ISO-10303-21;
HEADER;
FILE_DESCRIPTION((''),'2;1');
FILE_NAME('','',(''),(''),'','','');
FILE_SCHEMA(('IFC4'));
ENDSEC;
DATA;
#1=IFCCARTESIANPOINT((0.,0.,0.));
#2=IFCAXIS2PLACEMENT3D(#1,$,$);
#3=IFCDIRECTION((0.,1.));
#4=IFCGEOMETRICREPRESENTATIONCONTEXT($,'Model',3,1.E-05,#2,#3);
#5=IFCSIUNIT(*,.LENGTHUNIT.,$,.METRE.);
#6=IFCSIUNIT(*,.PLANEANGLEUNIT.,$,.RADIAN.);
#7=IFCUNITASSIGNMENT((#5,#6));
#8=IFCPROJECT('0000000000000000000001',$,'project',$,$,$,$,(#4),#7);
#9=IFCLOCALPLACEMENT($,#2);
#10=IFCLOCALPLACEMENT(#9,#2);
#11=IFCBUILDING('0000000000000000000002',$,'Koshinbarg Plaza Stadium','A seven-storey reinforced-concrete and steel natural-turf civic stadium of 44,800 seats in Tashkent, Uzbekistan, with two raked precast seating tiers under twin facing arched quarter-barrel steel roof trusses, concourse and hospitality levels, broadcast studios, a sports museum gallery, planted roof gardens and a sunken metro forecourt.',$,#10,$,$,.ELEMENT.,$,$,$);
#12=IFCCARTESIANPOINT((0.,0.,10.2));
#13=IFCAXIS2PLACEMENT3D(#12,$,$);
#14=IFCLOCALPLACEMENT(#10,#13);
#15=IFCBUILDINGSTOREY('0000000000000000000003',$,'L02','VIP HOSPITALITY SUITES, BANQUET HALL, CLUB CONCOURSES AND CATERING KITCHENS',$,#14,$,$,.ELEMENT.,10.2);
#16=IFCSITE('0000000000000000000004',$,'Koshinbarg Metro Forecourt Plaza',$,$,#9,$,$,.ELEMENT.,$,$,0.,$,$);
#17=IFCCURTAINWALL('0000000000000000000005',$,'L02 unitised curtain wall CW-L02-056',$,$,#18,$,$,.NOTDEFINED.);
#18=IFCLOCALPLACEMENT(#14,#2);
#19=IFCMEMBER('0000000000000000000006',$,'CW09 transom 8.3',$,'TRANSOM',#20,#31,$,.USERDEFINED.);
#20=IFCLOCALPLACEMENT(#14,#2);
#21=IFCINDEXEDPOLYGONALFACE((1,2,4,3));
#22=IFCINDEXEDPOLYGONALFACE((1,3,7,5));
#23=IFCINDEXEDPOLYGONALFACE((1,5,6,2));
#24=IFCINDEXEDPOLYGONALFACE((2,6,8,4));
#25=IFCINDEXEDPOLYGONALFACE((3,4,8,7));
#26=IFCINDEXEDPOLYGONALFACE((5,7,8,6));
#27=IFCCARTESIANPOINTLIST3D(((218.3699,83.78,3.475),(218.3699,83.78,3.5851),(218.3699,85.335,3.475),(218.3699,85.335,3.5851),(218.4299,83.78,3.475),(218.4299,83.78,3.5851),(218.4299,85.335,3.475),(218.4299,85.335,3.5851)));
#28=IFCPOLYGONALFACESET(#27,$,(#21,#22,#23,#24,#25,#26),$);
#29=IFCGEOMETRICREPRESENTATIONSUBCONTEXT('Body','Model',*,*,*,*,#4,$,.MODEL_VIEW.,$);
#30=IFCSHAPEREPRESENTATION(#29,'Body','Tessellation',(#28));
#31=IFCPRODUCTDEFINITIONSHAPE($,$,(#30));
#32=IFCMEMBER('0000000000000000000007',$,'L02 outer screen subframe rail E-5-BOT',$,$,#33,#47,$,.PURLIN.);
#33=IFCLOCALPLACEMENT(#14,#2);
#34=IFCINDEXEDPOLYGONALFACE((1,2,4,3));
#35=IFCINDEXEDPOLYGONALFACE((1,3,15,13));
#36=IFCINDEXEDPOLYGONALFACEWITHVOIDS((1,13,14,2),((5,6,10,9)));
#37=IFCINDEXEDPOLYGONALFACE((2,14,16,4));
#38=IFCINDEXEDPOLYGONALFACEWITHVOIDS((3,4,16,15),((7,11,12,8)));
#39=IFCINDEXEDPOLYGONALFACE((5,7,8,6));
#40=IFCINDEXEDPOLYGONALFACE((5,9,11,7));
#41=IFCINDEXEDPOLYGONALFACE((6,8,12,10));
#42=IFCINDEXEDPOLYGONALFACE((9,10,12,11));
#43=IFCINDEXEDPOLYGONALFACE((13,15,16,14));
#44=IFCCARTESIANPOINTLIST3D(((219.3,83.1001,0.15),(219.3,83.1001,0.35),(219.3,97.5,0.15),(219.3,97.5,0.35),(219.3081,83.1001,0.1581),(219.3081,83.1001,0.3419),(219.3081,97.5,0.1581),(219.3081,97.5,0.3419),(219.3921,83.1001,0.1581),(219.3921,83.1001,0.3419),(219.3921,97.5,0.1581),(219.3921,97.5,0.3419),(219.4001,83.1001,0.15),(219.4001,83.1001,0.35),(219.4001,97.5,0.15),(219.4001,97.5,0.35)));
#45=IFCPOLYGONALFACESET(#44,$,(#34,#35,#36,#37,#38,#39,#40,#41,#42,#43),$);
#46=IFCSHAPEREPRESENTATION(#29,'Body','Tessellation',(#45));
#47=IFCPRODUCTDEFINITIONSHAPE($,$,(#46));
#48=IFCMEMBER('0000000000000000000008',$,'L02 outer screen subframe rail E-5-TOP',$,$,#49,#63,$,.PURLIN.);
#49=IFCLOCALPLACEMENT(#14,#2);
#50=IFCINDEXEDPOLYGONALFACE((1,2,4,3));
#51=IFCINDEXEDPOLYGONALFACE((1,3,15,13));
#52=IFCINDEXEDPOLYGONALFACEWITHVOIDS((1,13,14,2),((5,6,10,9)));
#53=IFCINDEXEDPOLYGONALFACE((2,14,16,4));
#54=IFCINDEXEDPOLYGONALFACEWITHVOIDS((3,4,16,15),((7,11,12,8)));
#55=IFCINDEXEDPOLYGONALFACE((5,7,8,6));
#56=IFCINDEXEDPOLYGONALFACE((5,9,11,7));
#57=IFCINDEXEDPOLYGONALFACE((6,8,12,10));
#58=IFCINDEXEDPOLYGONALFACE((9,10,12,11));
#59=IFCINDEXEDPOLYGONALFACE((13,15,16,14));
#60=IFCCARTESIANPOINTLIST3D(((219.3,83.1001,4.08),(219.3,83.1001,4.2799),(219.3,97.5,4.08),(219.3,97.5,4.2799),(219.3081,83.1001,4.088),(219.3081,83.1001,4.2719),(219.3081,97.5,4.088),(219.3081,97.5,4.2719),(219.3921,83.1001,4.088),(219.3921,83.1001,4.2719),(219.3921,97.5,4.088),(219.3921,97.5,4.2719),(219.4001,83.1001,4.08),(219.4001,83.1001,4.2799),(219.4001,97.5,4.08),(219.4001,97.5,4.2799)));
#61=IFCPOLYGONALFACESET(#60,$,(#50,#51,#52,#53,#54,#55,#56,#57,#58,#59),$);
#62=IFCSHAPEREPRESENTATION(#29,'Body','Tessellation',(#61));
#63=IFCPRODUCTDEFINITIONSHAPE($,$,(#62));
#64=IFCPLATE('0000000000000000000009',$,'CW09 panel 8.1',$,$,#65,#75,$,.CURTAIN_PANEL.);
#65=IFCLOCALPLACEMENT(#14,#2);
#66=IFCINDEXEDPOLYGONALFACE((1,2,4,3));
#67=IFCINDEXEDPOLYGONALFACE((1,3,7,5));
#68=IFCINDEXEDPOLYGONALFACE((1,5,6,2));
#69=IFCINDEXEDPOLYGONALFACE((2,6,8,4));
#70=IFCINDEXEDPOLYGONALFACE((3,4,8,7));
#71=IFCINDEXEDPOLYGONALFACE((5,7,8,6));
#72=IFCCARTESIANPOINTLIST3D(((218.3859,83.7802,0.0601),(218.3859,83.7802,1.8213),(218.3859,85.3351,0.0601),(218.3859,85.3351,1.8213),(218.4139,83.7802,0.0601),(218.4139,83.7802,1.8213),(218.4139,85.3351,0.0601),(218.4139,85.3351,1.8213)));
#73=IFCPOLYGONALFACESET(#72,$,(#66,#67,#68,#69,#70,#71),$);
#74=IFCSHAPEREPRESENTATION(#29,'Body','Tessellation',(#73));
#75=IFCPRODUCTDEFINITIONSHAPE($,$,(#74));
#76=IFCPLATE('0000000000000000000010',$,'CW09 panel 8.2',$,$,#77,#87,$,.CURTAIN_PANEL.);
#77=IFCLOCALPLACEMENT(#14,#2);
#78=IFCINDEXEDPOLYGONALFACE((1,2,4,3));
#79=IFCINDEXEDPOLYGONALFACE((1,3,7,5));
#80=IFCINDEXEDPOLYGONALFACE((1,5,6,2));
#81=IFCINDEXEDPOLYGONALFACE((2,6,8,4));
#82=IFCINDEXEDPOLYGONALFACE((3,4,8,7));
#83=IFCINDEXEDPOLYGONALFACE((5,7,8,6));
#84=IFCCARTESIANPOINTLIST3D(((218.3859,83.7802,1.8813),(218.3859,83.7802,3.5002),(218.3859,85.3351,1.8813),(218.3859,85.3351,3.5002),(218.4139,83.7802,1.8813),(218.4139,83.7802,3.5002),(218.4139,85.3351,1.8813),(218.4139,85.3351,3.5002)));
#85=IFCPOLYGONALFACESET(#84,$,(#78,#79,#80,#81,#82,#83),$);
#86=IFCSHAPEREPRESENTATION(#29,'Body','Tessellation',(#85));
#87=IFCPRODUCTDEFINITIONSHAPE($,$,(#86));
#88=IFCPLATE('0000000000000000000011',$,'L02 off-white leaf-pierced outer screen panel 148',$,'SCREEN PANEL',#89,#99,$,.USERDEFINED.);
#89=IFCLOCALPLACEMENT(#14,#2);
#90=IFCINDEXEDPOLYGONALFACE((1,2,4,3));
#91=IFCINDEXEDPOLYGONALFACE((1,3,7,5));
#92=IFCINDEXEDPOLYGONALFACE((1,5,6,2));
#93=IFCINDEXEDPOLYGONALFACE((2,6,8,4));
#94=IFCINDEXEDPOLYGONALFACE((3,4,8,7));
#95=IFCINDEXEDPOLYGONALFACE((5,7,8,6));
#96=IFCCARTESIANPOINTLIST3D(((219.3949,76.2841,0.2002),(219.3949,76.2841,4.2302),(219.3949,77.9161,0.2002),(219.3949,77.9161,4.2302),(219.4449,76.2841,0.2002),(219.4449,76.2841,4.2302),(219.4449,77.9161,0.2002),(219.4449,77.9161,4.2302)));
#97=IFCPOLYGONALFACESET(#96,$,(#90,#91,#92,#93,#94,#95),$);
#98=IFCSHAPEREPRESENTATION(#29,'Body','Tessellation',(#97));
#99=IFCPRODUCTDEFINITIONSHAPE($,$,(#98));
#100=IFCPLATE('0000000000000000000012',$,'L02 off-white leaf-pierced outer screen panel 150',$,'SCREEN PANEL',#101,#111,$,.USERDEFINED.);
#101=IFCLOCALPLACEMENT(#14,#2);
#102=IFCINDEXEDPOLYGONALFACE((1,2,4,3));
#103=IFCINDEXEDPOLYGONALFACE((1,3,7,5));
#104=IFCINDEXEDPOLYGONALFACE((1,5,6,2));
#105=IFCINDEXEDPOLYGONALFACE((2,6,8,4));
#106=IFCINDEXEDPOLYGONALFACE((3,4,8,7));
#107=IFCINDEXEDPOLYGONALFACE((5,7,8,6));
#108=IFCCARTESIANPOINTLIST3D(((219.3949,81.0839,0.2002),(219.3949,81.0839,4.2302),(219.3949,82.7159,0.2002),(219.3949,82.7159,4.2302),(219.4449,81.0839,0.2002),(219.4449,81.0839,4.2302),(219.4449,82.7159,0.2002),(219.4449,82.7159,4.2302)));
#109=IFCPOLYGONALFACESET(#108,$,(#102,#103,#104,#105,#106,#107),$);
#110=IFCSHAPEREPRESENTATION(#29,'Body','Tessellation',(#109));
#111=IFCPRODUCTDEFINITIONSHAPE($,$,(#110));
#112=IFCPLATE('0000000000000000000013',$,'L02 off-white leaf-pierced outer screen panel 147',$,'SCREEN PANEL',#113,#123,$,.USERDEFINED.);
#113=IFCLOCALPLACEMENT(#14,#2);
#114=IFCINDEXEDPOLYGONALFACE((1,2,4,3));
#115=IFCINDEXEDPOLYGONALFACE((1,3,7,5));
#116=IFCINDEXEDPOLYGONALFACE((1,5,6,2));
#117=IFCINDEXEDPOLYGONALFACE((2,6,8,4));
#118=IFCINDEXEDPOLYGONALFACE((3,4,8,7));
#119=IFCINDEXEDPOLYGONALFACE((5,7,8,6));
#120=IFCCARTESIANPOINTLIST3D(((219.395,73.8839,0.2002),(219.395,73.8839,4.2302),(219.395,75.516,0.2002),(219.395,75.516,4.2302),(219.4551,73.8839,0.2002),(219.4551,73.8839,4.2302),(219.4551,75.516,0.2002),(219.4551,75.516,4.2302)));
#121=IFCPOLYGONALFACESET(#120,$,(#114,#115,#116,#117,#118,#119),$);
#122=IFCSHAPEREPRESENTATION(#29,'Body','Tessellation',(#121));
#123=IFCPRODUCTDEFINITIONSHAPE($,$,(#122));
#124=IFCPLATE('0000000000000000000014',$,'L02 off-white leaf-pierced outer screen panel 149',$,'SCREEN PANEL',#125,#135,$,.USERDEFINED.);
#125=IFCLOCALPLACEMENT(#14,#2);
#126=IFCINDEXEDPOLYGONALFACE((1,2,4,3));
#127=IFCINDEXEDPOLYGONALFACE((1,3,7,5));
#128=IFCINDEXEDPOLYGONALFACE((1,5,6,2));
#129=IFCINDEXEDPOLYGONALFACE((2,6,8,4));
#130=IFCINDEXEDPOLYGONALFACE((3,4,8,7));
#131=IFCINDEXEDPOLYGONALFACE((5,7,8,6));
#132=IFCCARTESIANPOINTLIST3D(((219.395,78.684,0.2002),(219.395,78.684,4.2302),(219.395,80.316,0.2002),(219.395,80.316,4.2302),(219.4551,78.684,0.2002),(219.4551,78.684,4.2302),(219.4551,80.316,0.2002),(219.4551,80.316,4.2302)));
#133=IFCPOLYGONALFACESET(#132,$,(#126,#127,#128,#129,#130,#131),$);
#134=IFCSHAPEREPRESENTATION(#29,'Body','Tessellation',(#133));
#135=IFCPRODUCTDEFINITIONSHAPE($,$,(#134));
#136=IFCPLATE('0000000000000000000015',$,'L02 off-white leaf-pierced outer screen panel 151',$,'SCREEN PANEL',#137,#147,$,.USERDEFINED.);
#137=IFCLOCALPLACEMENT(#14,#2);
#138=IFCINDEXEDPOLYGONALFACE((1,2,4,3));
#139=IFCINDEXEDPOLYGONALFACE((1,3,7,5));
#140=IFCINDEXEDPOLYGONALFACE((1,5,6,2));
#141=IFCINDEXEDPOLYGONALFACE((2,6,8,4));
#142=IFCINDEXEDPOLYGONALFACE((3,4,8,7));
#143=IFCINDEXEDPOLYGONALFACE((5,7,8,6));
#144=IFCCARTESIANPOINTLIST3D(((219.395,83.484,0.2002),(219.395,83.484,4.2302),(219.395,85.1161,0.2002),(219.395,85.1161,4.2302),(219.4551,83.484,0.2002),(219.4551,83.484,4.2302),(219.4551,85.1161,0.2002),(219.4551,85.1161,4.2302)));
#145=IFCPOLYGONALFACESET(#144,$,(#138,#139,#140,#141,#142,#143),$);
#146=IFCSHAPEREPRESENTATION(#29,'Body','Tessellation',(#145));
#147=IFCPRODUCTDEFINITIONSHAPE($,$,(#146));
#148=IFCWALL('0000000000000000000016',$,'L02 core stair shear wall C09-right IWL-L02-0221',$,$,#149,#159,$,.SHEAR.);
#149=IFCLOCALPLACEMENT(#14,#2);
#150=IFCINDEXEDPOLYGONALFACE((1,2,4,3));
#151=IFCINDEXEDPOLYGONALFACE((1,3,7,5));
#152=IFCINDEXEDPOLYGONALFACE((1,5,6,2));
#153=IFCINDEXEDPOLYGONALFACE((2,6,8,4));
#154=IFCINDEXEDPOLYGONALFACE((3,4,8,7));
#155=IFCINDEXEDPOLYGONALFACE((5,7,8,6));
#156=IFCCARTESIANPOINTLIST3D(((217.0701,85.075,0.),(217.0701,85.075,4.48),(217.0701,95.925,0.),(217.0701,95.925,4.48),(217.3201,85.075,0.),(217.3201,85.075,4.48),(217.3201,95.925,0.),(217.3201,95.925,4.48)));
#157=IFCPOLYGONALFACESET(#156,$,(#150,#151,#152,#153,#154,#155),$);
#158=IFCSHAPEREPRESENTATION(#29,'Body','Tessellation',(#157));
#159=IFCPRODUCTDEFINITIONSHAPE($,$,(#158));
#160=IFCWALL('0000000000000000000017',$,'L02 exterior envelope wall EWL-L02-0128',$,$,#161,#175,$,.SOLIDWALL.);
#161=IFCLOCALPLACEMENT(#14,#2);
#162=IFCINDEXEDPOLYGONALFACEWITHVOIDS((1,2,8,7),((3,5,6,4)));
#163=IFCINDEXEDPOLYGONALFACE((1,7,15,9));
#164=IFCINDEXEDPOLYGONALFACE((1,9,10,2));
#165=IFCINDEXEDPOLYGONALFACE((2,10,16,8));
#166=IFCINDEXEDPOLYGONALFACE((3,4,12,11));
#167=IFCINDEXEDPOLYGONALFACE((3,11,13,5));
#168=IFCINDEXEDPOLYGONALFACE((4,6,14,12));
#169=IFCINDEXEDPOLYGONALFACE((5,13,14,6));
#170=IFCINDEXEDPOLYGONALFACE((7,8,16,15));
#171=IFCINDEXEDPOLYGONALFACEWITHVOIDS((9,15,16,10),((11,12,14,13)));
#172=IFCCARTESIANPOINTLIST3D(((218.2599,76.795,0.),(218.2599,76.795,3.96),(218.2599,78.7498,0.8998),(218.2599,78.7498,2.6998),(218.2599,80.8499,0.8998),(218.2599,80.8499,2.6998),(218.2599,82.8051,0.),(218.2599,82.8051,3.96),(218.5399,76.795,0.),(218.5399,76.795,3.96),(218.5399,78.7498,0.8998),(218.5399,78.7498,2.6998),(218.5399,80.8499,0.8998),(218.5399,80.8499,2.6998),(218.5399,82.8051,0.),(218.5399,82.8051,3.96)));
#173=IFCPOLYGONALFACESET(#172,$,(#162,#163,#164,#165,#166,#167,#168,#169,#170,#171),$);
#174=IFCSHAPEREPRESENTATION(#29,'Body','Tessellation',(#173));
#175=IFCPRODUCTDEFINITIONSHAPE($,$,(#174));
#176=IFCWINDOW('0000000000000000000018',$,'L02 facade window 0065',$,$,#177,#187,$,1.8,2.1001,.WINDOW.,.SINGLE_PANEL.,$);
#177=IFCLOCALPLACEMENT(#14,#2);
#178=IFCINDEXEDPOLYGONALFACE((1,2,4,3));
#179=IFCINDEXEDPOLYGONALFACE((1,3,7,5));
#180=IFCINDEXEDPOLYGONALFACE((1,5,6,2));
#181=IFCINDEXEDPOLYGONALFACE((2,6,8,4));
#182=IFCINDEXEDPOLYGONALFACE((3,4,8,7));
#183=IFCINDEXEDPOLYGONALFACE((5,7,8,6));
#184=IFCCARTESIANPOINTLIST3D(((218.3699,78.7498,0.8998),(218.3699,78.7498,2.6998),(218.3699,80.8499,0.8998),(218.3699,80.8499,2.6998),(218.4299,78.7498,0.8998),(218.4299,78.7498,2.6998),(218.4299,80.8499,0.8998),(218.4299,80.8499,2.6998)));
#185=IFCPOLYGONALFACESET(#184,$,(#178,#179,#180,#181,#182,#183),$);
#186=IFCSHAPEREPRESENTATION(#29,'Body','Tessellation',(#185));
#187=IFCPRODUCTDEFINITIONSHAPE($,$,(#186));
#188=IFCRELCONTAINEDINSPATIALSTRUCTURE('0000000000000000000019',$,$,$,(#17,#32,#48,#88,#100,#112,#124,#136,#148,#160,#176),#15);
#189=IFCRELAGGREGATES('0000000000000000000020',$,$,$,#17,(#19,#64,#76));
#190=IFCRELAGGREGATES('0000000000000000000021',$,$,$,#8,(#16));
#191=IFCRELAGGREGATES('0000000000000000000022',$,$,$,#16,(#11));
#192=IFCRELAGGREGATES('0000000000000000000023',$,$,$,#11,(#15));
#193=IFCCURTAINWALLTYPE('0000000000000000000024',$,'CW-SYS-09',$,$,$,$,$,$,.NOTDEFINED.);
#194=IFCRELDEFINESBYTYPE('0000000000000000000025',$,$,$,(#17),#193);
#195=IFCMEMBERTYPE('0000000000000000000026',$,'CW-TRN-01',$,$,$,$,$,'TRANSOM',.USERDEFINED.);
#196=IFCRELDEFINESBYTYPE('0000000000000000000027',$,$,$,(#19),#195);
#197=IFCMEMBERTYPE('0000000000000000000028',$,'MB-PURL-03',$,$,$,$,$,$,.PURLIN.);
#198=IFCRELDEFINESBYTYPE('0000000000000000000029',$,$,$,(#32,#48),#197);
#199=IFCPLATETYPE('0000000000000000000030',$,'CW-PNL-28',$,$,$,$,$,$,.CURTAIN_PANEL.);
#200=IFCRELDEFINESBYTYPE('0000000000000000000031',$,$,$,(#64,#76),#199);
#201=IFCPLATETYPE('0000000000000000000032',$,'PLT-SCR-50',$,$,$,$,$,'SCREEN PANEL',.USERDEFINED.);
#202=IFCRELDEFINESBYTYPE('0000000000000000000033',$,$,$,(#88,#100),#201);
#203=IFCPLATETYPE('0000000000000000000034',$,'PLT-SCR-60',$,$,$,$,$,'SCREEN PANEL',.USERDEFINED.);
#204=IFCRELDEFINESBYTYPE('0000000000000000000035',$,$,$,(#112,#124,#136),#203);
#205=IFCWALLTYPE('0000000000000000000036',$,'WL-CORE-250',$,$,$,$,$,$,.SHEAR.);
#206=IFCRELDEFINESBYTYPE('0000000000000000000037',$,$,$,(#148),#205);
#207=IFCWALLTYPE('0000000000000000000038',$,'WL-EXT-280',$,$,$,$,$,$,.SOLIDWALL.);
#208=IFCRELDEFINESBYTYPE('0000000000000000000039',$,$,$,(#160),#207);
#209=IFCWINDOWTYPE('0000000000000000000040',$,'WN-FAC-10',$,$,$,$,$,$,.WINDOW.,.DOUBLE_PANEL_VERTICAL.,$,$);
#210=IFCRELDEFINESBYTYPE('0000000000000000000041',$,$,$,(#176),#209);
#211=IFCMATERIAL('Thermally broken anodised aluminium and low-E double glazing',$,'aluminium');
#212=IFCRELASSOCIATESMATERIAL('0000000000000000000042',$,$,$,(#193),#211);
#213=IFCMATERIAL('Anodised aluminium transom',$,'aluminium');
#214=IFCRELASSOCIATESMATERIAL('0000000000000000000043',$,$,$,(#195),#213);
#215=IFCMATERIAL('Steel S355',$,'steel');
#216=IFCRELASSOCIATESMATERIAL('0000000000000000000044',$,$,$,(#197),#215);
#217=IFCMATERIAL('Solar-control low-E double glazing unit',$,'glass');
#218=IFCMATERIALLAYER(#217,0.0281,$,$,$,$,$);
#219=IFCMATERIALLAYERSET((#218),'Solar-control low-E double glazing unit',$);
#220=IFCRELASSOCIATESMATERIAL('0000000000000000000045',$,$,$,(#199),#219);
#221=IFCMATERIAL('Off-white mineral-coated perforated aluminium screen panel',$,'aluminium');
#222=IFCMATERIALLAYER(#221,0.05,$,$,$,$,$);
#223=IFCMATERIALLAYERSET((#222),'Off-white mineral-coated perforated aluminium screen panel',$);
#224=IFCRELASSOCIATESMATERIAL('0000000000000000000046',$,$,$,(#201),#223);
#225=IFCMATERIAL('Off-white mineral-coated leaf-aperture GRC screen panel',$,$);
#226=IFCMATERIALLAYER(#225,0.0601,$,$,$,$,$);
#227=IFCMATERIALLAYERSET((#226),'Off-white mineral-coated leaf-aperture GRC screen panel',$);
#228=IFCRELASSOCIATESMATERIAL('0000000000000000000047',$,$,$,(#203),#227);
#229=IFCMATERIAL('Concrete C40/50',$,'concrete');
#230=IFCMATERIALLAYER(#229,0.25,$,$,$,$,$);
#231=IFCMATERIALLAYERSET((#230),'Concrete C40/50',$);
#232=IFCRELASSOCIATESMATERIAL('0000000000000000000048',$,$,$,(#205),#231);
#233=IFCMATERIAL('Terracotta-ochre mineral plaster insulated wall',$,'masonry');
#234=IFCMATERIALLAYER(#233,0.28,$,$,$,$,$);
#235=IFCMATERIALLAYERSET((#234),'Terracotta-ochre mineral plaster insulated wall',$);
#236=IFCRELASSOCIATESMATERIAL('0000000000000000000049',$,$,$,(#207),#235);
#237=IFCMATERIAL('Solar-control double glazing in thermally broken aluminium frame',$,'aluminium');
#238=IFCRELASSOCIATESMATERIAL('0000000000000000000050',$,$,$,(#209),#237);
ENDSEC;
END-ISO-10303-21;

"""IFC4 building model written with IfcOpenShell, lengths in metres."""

from ifc_helpers import new_model, si_unit, direction, frame, frame_2d, origin, origin_2d, place, context, subcontext, project, spatial, rectangle, hollow_rectangle, extrude, material, layer, layer_set, material_profile, profile_set, type_object, element, fill, aggregate, save


model = new_model("IFC4")

# Units and contexts
model_context = context("Model", 3, precision=1e-05, world=origin(), true_north=direction((0.0, 1.0)))
body_context = subcontext(model_context, "Body", "Model", "MODEL_VIEW")
ifc_project = project(units=[si_unit("LENGTHUNIT", "METRE"), si_unit("PLANEANGLEUNIT", "RADIAN")], contexts=[model_context])

# Site, building, storey
site_placement = place(None, origin())
site = spatial("IfcSite", under=ifc_project, at=site_placement, Name="Koshinbarg Metro Forecourt Plaza", CompositionType="ELEMENT", RefElevation=0.0)
building_placement = place(site_placement, origin())
building = spatial("IfcBuilding", under=site, at=building_placement, Name="Koshinbarg Plaza Stadium", Description="A seven-storey reinforced-concrete and steel natural-turf civic stadium of 44,800 seats in Tashkent, Uzbekistan, with two raked precast seating tiers under twin facing arched quarter-barrel steel roof trusses, concourse and hospitality levels, broadcast studios, a sports museum gallery, planted roof gardens and a sunken metro forecourt.", CompositionType="ELEMENT")
storey_placement = place(building_placement, frame((0.0, 0.0, 10.2)))
storey = spatial("IfcBuildingStorey", under=building, at=storey_placement, Name="L02", Description="VIP HOSPITALITY SUITES, BANQUET HALL, CLUB CONCOURSES AND CATERING KITCHENS", CompositionType="ELEMENT", Elevation=10.2)

# Shared definitions
ifc_material_1 = material(Name="Concrete C40/50", Category="concrete")

# Shared definitions
ifc_material_2 = material(Name="Steel S355", Category="steel")

# Curtain wall, member
ifc_material_3 = material(Name="Thermally broken anodised aluminium and low-E double glazing", Category="aluminium")
curtain_wall_type = type_object("IfcCurtainWallType", Name="CW-SYS-09", PredefinedType="NOTDEFINED", material=ifc_material_3)
curtain_wall_placement = place(storey_placement, origin())
curtain_wall = element("IfcCurtainWall", 1, at=curtain_wall_placement, inside=storey, type_object=curtain_wall_type, Name="L02 unitised curtain wall CW-L02-056", PredefinedType="NOTDEFINED")
ifc_material_4 = material(Name="Anodised aluminium transom", Category="aluminium")
ifc_material_profile_1 = material_profile(ifc_material_4, rectangle(XDim=0.0601, YDim=0.1101, at=origin_2d()), Name="ALU 60x110")
ifc_profile_set_1 = profile_set([ifc_material_profile_1], Name="Anodised aluminium transom")
member_type_1 = type_object("IfcMemberType", Name="CW-TRN-01", ElementType="TRANSOM", PredefinedType="USERDEFINED", material=ifc_profile_set_1)
member_1_placement = place(storey_placement, frame((218.3999, 85.335, 3.53), z_axis=(0.0, -1.0, 0.0), x_axis=(1.0, 0.0, 0.0)))
member_1 = element("IfcMember", 2, at=member_1_placement, type_object=member_type_1, Name="CW09 transom 8.3", ObjectType="TRANSOM", PredefinedType="USERDEFINED", context=body_context, shape_type="SweptSolid", body=[
    extrude(rectangle(XDim=0.0601, YDim=0.1101, at=origin_2d()), origin(), (0.0, 0.0, 1.0), 1.5549),
])

# Members
ifc_material_profile_2 = material_profile(ifc_material_2, hollow_rectangle(XDim=0.1001, YDim=0.2, WallThickness=0.0081, at=origin_2d()), Name="RHS 200x100x8")
ifc_profile_set_2 = profile_set([ifc_material_profile_2], Name="Steel S355")
member_type_2 = type_object("IfcMemberType", Name="MB-PURL-03", PredefinedType="PURLIN", material=ifc_profile_set_2)
for number, where, z_axis, x_axis, name in (
    (3, (219.3501, 83.1001, 0.25), (0.0, 1.0, 0.0), (-1.0, 0.0, 0.0), "L02 outer screen subframe rail E-5-BOT"),
    (4, (219.3501, 83.1001, 4.1799), (0.0, 1.0, 0.0), (-1.0, 0.0, 0.0), "L02 outer screen subframe rail E-5-TOP"),
):
    element("IfcMember", number, at=place(storey_placement, frame(where, z_axis=z_axis, x_axis=x_axis)), inside=storey, type_object=member_type_2, Name=name, PredefinedType="PURLIN", context=body_context, shape_type="SweptSolid", body=[
        extrude(hollow_rectangle(XDim=0.1001, YDim=0.2, WallThickness=0.0081, at=origin_2d()), origin(), (0.0, 0.0, 1.0), 14.3999),
    ])

# Plates
ifc_material_5 = material(Name="Solar-control low-E double glazing unit", Category="glass")
ifc_layer_1 = layer(ifc_material_5, 0.0281)
ifc_layer_set_1 = layer_set([ifc_layer_1], Name="Solar-control low-E double glazing unit")
plate_type_1 = type_object("IfcPlateType", Name="CW-PNL-28", PredefinedType="CURTAIN_PANEL", material=ifc_layer_set_1)
plate_1_placement = place(storey_placement, frame((218.3999, 84.5576, 0.0601), z_axis=(0.0, 0.0, 1.0), x_axis=(0.0, -1.0, 0.0)))
plate_1 = element("IfcPlate", 5, at=plate_1_placement, type_object=plate_type_1, Name="CW09 panel 8.1", PredefinedType="CURTAIN_PANEL", context=body_context, shape_type="SweptSolid", body=[
    extrude(rectangle(XDim=1.5549, YDim=0.0281, at=origin_2d()), origin(), (0.0, 0.0, 1.0), 1.7612),
])
plate_2_placement = place(storey_placement, frame((218.3999, 84.5576, 1.8813), z_axis=(0.0, 0.0, 1.0), x_axis=(0.0, -1.0, 0.0)))
plate_2 = element("IfcPlate", 6, at=plate_2_placement, type_object=plate_type_1, Name="CW09 panel 8.2", PredefinedType="CURTAIN_PANEL", context=body_context, shape_type="SweptSolid", body=[
    extrude(rectangle(XDim=1.5549, YDim=0.0281, at=origin_2d()), origin(), (0.0, 0.0, 1.0), 1.6189),
])
aggregate(curtain_wall, [member_1, plate_1, plate_2])

# Plates
ifc_material_6 = material(Name="Off-white mineral-coated perforated aluminium screen panel", Category="aluminium")
ifc_layer_2 = layer(ifc_material_6, 0.05)
ifc_layer_set_2 = layer_set([ifc_layer_2], Name="Off-white mineral-coated perforated aluminium screen panel")
plate_type_2 = type_object("IfcPlateType", Name="PLT-SCR-50", ElementType="SCREEN PANEL", PredefinedType="USERDEFINED", material=ifc_layer_set_2)
for number, where, z_axis, x_axis, name in (
    (7, (219.4199, 77.1001, 0.2002), (0.0, 0.0, 1.0), (1.0, 0.0, 0.0), "L02 off-white leaf-pierced outer screen panel 148"),
    (8, (219.4199, 81.8999, 0.2002), (0.0, 0.0, 1.0), (1.0, 0.0, 0.0), "L02 off-white leaf-pierced outer screen panel 150"),
):
    element("IfcPlate", number, at=place(storey_placement, frame(where, z_axis=z_axis, x_axis=x_axis)), inside=storey, type_object=plate_type_2, Name=name, ObjectType="SCREEN PANEL", PredefinedType="USERDEFINED", context=body_context, shape_type="SweptSolid", body=[
        extrude(rectangle(XDim=0.05, YDim=1.6321, at=origin_2d()), origin(), (0.0, 0.0, 1.0), 4.03),
    ])
ifc_material_7 = material(Name="Off-white mineral-coated leaf-aperture GRC screen panel")
ifc_layer_3 = layer(ifc_material_7, 0.0601)
ifc_layer_set_3 = layer_set([ifc_layer_3], Name="Off-white mineral-coated leaf-aperture GRC screen panel")
plate_type_3 = type_object("IfcPlateType", Name="PLT-SCR-60", ElementType="SCREEN PANEL", PredefinedType="USERDEFINED", material=ifc_layer_set_3)
for number, where, z_axis, x_axis, name in (
    (9, (219.425, 74.7, 0.2002), (0.0, 0.0, 1.0), (1.0, 0.0, 0.0), "L02 off-white leaf-pierced outer screen panel 147"),
    (10, (219.425, 79.5, 0.2002), (0.0, 0.0, 1.0), (1.0, 0.0, 0.0), "L02 off-white leaf-pierced outer screen panel 149"),
    (11, (219.425, 84.3, 0.2002), (0.0, 0.0, 1.0), (1.0, 0.0, 0.0), "L02 off-white leaf-pierced outer screen panel 151"),
):
    element("IfcPlate", number, at=place(storey_placement, frame(where, z_axis=z_axis, x_axis=x_axis)), inside=storey, type_object=plate_type_3, Name=name, ObjectType="SCREEN PANEL", PredefinedType="USERDEFINED", context=body_context, shape_type="SweptSolid", body=[
        extrude(rectangle(XDim=0.0601, YDim=1.6321, at=origin_2d()), origin(), (0.0, 0.0, 1.0), 4.03),
    ])

# Wall
ifc_layer_4 = layer(ifc_material_1, 0.25)
ifc_layer_set_4 = layer_set([ifc_layer_4], Name="Concrete C40/50")
wall_type_1 = type_object("IfcWallType", Name="WL-CORE-250", PredefinedType="SHEAR", material=ifc_layer_set_4)
wall_1_placement = place(storey_placement, frame((217.1951, 85.075, 0.0), z_axis=(0.0, 0.0, 1.0), x_axis=(0.0, 1.0, 0.0)))
element("IfcWall", 12, at=wall_1_placement, inside=storey, type_object=wall_type_1, Name="L02 core stair shear wall C09-right IWL-L02-0221", PredefinedType="SHEAR", context=body_context, shape_type="SweptSolid", body=[
    extrude(rectangle(XDim=10.8501, YDim=0.25, at=frame_2d((5.425, 0.0))), origin(), (0.0, 0.0, 1.0), 4.48),
])

# Wall, opening, window
ifc_material_8 = material(Name="Terracotta-ochre mineral plaster insulated wall", Category="masonry")
ifc_layer_5 = layer(ifc_material_8, 0.28)
ifc_layer_set_5 = layer_set([ifc_layer_5], Name="Terracotta-ochre mineral plaster insulated wall")
wall_type_2 = type_object("IfcWallType", Name="WL-EXT-280", PredefinedType="SOLIDWALL", material=ifc_layer_set_5)
wall_2_placement = place(storey_placement, frame((218.3999, 82.8049, 0.0), z_axis=(0.0, 0.0, 1.0), x_axis=(0.0, -1.0, 0.0)))
wall_2 = element("IfcWall", 13, at=wall_2_placement, inside=storey, type_object=wall_type_2, Name="L02 exterior envelope wall EWL-L02-0128", PredefinedType="SOLIDWALL", context=body_context, shape_type="SweptSolid", body=[
    extrude(rectangle(XDim=6.01, YDim=0.28, at=frame_2d((3.0049, 0.0))), origin(), (0.0, 0.0, 1.0), 3.96),
])
opening_1_placement = place(wall_2_placement, frame((1.9551, 0.0, 0.8999)))
opening_1 = element("IfcOpeningElement", 14, at=opening_1_placement, cuts=wall_2, PredefinedType="OPENING", context=body_context, shape_type="SweptSolid", body=[
    extrude(rectangle(XDim=2.1001, YDim=1.8, at=frame_2d((1.05, 0.8999))), frame((0.0, 0.1499, 0.0), z_axis=(0.0, -1.0, 0.0), x_axis=(1.0, 0.0, 0.0)), (0.0, 0.0, 1.0), 0.3),
])
ifc_material_9 = material(Name="Solar-control double glazing in thermally broken aluminium frame", Category="aluminium")
window_type_1 = type_object("IfcWindowType", Name="WN-FAC-10", PartitioningType="DOUBLE_PANEL_VERTICAL", PredefinedType="WINDOW", material=ifc_material_9)
window_1_placement = place(opening_1_placement, origin())
window_1 = element("IfcWindow", 15, at=window_1_placement, inside=storey, type_object=window_type_1, Name="L02 facade window 0065", OverallHeight=1.8, OverallWidth=2.1001, PartitioningType="SINGLE_PANEL", PredefinedType="WINDOW", context=body_context, shape_type="SweptSolid", body=[
    extrude(rectangle(XDim=2.1001, YDim=1.8, at=frame_2d((1.05, 0.8999))), frame((0.0, 0.03, 0.0), z_axis=(0.0, -1.0, 0.0), x_axis=(1.0, 0.0, 0.0)), (0.0, 0.0, 1.0), 0.0601),
])
fill(opening_1, window_1)

save(model, "model.ifc")
